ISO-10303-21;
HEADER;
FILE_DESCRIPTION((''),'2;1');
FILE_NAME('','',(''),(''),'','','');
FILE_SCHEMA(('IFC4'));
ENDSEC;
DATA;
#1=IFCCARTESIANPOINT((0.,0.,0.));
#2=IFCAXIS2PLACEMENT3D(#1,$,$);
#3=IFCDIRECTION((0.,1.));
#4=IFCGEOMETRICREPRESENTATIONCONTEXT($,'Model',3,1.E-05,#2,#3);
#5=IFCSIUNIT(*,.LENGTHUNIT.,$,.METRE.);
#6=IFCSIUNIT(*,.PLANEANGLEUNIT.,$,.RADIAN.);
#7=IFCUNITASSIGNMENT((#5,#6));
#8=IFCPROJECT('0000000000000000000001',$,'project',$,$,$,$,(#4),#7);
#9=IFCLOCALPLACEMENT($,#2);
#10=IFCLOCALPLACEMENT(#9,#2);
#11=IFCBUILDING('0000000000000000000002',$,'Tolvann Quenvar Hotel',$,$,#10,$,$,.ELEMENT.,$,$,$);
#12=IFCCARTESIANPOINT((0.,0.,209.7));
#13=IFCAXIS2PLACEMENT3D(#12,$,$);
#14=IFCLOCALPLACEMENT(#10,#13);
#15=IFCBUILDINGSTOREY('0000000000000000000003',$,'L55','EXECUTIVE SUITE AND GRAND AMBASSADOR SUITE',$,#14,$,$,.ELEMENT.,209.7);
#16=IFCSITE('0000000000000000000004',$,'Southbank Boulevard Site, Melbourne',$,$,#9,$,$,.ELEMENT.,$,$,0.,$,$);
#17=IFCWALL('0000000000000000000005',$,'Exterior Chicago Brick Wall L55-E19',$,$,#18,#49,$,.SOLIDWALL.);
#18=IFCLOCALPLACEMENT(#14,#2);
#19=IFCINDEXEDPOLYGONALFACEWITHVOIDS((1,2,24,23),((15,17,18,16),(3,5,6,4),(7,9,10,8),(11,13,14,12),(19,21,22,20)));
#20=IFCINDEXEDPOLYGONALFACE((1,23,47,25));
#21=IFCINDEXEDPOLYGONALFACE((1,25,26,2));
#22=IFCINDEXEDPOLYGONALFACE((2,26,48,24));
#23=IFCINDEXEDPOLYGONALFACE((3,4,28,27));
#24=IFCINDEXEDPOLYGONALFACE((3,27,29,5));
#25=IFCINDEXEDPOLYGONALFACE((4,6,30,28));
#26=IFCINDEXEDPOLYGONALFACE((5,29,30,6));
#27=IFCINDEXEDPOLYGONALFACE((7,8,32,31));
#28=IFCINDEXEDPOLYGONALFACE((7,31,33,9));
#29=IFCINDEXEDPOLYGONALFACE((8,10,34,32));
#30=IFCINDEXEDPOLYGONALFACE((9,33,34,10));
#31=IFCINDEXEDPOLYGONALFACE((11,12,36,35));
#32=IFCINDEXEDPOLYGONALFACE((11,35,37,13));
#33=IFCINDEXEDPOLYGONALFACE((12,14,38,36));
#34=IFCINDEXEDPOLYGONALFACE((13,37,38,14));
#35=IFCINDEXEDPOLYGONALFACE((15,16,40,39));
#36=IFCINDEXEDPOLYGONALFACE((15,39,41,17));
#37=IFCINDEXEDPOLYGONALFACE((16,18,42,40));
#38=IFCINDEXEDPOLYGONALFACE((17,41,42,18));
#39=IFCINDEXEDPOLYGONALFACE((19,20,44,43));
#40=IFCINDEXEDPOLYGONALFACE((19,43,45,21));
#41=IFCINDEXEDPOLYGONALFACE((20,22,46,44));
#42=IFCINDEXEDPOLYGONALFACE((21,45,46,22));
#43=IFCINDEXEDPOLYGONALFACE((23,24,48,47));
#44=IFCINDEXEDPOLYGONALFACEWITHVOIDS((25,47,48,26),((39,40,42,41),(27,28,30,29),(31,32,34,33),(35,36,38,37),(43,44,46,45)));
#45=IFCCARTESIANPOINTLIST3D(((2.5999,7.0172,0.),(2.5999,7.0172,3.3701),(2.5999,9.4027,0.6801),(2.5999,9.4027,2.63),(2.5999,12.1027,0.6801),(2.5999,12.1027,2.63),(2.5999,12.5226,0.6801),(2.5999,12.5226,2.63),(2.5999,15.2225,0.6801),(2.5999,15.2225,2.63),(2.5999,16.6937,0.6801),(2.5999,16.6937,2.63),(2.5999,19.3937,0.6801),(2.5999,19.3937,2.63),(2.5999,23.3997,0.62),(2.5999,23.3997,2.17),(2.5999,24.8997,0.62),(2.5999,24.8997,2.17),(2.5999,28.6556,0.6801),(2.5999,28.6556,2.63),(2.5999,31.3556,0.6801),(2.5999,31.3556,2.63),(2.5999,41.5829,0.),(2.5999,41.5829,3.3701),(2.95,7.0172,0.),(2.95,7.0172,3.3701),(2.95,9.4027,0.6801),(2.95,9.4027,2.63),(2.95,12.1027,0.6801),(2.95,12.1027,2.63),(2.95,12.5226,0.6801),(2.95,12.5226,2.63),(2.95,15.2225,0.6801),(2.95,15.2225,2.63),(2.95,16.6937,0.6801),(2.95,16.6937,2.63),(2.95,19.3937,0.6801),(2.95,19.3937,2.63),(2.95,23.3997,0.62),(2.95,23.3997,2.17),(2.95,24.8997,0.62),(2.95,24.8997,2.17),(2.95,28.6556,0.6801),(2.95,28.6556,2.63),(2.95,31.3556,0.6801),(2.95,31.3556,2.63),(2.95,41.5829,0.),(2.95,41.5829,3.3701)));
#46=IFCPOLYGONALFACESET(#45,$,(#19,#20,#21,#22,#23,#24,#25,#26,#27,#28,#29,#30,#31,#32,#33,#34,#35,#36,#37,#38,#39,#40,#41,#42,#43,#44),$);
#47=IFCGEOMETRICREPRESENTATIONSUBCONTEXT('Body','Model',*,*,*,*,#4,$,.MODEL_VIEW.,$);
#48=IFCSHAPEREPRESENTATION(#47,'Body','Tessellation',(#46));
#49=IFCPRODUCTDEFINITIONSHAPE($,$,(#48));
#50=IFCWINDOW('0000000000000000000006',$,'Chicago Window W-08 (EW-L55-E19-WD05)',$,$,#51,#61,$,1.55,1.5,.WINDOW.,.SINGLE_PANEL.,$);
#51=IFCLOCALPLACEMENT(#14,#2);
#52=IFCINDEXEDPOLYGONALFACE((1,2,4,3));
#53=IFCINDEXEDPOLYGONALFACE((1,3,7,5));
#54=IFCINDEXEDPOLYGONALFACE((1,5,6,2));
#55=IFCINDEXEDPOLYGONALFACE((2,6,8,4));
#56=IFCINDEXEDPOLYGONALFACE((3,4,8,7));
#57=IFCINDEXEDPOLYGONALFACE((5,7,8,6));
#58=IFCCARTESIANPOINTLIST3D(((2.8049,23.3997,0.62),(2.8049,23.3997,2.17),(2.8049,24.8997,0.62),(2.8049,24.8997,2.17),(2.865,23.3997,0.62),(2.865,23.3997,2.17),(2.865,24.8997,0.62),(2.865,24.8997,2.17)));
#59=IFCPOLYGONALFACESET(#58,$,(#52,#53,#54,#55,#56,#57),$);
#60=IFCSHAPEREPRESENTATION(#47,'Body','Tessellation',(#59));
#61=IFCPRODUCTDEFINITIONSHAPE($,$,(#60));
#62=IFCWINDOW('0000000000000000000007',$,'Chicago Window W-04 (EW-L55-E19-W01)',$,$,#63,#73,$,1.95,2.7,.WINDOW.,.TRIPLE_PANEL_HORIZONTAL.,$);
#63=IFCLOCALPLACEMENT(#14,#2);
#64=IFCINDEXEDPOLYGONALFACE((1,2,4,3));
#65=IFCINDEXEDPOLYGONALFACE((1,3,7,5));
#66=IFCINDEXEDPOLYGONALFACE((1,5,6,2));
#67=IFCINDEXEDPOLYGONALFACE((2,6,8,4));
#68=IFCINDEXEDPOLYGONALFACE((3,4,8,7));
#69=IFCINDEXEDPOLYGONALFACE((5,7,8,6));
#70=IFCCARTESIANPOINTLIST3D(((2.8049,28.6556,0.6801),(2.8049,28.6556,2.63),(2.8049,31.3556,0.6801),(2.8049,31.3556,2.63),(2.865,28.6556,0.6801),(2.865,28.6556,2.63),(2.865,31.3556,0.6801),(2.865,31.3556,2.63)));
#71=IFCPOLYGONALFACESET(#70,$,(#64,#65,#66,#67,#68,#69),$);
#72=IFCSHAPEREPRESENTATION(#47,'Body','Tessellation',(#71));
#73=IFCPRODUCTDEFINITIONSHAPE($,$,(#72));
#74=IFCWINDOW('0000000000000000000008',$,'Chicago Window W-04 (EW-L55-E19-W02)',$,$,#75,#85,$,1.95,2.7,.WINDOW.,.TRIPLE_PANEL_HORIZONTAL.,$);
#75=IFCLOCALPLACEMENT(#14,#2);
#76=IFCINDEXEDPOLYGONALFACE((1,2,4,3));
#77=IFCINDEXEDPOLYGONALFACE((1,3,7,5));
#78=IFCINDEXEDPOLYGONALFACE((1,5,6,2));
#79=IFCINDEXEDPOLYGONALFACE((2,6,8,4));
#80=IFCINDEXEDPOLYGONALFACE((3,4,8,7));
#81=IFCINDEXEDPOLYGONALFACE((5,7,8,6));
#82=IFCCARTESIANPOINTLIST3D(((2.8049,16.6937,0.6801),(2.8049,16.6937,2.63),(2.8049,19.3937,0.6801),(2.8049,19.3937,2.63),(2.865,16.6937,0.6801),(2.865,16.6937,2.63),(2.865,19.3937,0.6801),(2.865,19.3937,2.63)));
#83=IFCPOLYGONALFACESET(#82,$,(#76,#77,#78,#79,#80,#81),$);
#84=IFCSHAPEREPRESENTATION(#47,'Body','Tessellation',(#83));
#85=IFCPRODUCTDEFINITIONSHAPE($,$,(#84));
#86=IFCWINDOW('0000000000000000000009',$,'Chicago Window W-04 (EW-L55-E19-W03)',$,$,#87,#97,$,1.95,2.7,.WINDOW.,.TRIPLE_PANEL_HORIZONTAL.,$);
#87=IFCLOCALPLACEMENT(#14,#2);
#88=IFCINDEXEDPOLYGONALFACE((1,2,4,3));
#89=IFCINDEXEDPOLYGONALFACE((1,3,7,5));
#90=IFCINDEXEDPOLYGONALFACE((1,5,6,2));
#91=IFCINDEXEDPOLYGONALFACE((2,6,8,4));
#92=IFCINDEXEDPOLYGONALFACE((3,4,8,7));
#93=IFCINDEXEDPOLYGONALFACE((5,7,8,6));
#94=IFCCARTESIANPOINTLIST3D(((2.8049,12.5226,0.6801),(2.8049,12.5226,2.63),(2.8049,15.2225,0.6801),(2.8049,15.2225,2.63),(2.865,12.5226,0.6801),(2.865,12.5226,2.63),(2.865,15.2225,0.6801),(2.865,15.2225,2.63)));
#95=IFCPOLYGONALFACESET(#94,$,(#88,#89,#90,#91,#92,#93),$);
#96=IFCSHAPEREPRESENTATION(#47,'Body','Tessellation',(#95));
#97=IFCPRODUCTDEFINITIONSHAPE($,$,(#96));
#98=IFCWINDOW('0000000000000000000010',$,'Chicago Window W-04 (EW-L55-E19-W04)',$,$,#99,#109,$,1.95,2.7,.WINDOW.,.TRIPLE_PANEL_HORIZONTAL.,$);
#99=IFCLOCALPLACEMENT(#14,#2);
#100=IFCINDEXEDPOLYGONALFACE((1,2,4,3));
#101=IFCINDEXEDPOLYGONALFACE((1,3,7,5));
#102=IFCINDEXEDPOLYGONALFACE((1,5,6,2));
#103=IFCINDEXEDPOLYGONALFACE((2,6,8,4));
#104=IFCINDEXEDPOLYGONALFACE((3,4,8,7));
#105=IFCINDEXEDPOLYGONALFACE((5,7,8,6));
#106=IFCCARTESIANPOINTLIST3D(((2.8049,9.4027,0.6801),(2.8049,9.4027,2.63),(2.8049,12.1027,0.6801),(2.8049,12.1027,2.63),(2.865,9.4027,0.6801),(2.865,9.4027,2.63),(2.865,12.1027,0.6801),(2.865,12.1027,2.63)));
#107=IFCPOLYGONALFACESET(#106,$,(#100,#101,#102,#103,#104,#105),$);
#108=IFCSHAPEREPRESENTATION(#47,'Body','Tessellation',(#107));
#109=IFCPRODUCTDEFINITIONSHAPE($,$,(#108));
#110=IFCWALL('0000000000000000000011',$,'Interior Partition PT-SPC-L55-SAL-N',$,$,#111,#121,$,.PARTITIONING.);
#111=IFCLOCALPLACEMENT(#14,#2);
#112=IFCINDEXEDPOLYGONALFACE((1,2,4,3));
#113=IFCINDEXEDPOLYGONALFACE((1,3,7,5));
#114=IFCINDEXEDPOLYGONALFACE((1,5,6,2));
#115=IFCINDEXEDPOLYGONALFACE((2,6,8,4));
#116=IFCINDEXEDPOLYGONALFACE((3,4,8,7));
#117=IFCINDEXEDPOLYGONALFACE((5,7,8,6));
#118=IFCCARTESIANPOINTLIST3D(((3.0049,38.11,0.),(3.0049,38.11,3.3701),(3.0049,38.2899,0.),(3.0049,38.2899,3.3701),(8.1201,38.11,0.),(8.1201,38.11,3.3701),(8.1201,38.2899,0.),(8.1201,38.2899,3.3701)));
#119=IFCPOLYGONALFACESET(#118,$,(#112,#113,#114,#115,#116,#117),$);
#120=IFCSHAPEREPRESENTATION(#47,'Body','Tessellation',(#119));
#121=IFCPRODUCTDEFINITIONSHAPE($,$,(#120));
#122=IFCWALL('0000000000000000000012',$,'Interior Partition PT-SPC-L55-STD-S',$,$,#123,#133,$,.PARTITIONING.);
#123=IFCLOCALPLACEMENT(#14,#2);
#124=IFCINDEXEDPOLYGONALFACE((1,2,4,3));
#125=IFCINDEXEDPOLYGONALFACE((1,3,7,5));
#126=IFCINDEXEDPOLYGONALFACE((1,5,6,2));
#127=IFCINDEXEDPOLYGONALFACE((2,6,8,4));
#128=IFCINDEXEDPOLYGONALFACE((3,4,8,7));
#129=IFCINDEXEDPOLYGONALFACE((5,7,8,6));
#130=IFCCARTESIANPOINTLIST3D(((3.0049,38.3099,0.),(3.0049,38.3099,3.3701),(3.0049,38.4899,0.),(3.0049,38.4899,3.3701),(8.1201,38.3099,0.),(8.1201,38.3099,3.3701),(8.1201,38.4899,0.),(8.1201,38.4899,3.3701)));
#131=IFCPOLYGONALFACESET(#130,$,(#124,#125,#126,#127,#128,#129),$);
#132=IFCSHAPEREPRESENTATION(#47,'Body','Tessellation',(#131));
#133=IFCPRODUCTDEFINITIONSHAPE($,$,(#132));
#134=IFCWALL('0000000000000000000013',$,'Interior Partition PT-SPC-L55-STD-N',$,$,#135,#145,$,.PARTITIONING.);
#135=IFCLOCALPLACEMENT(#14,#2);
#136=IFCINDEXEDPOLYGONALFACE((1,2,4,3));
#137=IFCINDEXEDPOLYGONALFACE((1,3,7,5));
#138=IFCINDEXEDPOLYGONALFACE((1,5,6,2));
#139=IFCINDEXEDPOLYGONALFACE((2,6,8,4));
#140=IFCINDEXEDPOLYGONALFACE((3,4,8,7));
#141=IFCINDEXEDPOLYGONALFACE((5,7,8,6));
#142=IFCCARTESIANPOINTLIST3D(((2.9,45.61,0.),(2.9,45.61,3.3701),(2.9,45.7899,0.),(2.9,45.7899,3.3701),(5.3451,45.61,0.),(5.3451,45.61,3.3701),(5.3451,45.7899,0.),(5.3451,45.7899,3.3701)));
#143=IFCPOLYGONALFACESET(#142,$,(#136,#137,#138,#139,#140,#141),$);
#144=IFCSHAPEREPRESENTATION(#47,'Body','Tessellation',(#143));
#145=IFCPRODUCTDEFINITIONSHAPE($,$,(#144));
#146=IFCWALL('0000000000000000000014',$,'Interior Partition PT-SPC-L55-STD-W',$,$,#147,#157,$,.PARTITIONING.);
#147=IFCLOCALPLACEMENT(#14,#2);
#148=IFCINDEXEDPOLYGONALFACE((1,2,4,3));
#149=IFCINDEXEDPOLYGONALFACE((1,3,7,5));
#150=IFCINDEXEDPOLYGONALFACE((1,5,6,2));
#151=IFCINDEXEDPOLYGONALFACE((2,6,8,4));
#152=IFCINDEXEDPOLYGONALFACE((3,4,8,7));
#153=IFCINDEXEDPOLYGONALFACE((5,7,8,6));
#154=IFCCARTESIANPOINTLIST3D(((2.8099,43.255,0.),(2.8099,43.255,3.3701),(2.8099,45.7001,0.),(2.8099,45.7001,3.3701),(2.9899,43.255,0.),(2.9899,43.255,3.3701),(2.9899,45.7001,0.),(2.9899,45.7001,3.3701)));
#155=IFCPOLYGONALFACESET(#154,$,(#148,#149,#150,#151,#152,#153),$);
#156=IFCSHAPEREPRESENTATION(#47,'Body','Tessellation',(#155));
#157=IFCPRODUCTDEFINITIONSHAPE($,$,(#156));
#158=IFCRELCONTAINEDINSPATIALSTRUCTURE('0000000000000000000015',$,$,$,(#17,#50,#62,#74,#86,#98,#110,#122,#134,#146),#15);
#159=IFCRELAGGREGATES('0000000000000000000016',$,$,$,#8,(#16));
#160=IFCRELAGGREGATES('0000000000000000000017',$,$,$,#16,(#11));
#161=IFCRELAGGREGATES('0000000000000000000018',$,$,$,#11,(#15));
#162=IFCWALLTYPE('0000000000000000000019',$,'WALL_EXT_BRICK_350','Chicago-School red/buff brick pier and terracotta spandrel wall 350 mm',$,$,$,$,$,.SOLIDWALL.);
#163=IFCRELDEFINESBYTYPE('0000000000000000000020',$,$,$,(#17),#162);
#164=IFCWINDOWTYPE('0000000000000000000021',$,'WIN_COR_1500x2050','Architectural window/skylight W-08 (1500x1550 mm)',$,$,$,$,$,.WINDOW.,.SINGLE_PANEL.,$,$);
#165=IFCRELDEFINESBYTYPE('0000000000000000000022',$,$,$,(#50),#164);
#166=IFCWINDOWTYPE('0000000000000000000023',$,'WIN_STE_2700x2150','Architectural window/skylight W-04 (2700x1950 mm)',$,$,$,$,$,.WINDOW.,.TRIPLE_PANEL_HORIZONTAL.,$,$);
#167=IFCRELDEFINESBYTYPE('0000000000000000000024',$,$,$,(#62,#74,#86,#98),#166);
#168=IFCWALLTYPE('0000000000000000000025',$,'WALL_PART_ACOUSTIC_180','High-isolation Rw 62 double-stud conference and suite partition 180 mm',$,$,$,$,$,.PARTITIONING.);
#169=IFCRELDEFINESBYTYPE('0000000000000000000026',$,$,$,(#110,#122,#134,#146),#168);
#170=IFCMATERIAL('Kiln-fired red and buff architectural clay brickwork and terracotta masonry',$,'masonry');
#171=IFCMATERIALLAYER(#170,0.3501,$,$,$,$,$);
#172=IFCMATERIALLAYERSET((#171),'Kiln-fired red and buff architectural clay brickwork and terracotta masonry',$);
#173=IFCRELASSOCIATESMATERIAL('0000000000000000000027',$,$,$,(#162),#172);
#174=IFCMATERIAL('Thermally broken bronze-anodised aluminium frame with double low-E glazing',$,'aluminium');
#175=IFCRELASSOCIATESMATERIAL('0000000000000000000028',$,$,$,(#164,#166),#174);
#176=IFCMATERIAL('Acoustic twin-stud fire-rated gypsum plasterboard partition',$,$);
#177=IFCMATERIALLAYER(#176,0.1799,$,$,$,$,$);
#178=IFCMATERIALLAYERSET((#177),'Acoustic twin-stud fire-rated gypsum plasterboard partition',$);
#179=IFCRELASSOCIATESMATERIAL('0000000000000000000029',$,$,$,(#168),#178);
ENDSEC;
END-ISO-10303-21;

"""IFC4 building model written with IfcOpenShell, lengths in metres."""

from ifc_helpers import new_model, si_unit, direction, frame, frame_2d, origin, place, context, subcontext, project, spatial, rectangle, extrude, source, transform, mapped, material, layer, layer_set, type_object, type_shapes, element, fill, save


model = new_model("IFC4")

# Units and contexts
model_context = context("Model", 3, precision=1e-05, world=origin(), true_north=direction((0.0, 1.0)))
body_context = subcontext(model_context, "Body", "Model", "MODEL_VIEW")
ifc_project = project(units=[si_unit("LENGTHUNIT", "METRE"), si_unit("PLANEANGLEUNIT", "RADIAN")], contexts=[model_context])

# Site, building, storey
site_placement = place(None, origin())
site = spatial("IfcSite", under=ifc_project, at=site_placement, Name="Southbank Boulevard Site, Melbourne", CompositionType="ELEMENT", RefElevation=0.0)
building_placement = place(site_placement, origin())
building = spatial("IfcBuilding", under=site, at=building_placement, Name="Tolvann Quenvar Hotel", CompositionType="ELEMENT")
storey_placement = place(building_placement, frame((0.0, 0.0, 209.7)))
storey = spatial("IfcBuildingStorey", under=building, at=storey_placement, Name="L55", Description="EXECUTIVE SUITE AND GRAND AMBASSADOR SUITE", CompositionType="ELEMENT", Elevation=209.7)

# Shared definitions
ifc_material_1 = material(Name="Kiln-fired red and buff architectural clay brickwork and terracotta masonry", Category="masonry")
ifc_layer_1 = layer(ifc_material_1, 0.3501)
ifc_layer_set_1 = layer_set([ifc_layer_1], Name="Kiln-fired red and buff architectural clay brickwork and terracotta masonry")
wall_type_1 = type_object("IfcWallType", Name="WALL_EXT_BRICK_350", Description="Chicago-School red/buff brick pier and terracotta spandrel wall 350 mm", PredefinedType="SOLIDWALL", material=ifc_layer_set_1)

# Wall, openings, windows
wall_1_placement = place(storey_placement, frame((2.7749, 41.5828, 0.0), z_axis=(0.0, 0.0, 1.0), x_axis=(0.0, -1.0, 0.0)))
wall_1 = element("IfcWall", 1, at=wall_1_placement, inside=storey, type_object=wall_type_1, Name="Exterior Chicago Brick Wall L55-E19", PredefinedType="SOLIDWALL", context=body_context, shape_type="SweptSolid", body=[
    extrude(rectangle(XDim=34.5657, YDim=0.3501, at=frame_2d((17.2827, 0.0))), origin(), (0.0, 0.0, 1.0), 3.3701),
])
opening_1_placement = place(wall_1_placement, frame((10.2271, 0.0, 0.6799)))
opening_1 = element("IfcOpeningElement", 2, at=opening_1_placement, cuts=wall_1, PredefinedType="OPENING", context=body_context, shape_type="SweptSolid", body=[
    extrude(rectangle(XDim=2.7, YDim=1.95, at=frame_2d((1.3501, 0.9751))), frame((0.0, 0.1851, 0.0), z_axis=(0.0, -1.0, 0.0), x_axis=(1.0, 0.0, 0.0)), (0.0, 0.0, 1.0), 0.3701),
])
opening_2_placement = place(wall_1_placement, frame((22.189, 0.0, 0.6799)))
opening_2 = element("IfcOpeningElement", 3, at=opening_2_placement, cuts=wall_1, PredefinedType="OPENING", context=body_context, shape_type="SweptSolid", body=[
    extrude(rectangle(XDim=2.7, YDim=1.95, at=frame_2d((1.3501, 0.9751))), frame((0.0, 0.1851, 0.0), z_axis=(0.0, -1.0, 0.0), x_axis=(1.0, 0.0, 0.0)), (0.0, 0.0, 1.0), 0.3701),
])
opening_3_placement = place(wall_1_placement, frame((26.3601, 0.0, 0.6799)))
opening_3 = element("IfcOpeningElement", 4, at=opening_3_placement, cuts=wall_1, PredefinedType="OPENING", context=body_context, shape_type="SweptSolid", body=[
    extrude(rectangle(XDim=2.7, YDim=1.95, at=frame_2d((1.3501, 0.9751))), frame((0.0, 0.1851, 0.0), z_axis=(0.0, -1.0, 0.0), x_axis=(1.0, 0.0, 0.0)), (0.0, 0.0, 1.0), 0.3701),
])
opening_4_placement = place(wall_1_placement, frame((29.48, 0.0, 0.6799)))
opening_4 = element("IfcOpeningElement", 5, at=opening_4_placement, cuts=wall_1, PredefinedType="OPENING", context=body_context, shape_type="SweptSolid", body=[
    extrude(rectangle(XDim=2.7, YDim=1.95, at=frame_2d((1.3501, 0.9751))), frame((0.0, 0.1851, 0.0), z_axis=(0.0, -1.0, 0.0), x_axis=(1.0, 0.0, 0.0)), (0.0, 0.0, 1.0), 0.3701),
])
opening_5_placement = place(wall_1_placement, frame((16.6831, 0.0, 0.6201)))
opening_5 = element("IfcOpeningElement", 6, at=opening_5_placement, cuts=wall_1, PredefinedType="OPENING", context=body_context, shape_type="SweptSolid", body=[
    extrude(rectangle(XDim=1.5, YDim=1.55, at=frame_2d((0.75, 0.7749))), frame((0.0, 0.1851, 0.0), z_axis=(0.0, -1.0, 0.0), x_axis=(1.0, 0.0, 0.0)), (0.0, 0.0, 1.0), 0.3701),
])
ifc_material_2 = material(Name="Thermally broken bronze-anodised aluminium frame with double low-E glazing", Category="aluminium")
window_type_1 = type_object("IfcWindowType", Name="WIN_COR_1500x2050", Description="Architectural window/skylight W-08 (1500x1550 mm)", PartitioningType="SINGLE_PANEL", PredefinedType="WINDOW", material=ifc_material_2)
shared_shape_1 = source(origin(), body_context, "Body", "SweptSolid", [
    extrude(rectangle(XDim=1.5, YDim=1.55, at=frame_2d((0.75, 0.7749))), frame((0.0, 0.0901, 0.0), z_axis=(0.0, -1.0, 0.0), x_axis=(1.0, 0.0, 0.0)), (0.0, 0.0, 1.0), 0.0601),
])
type_shapes(window_type_1, [shared_shape_1])
window_1_placement = place(opening_5_placement, origin())
window_1 = element("IfcWindow", 7, at=window_1_placement, inside=storey, type_object=window_type_1, Name="Chicago Window W-08 (EW-L55-E19-WD05)", OverallHeight=1.55, OverallWidth=1.5, PartitioningType="SINGLE_PANEL", PredefinedType="WINDOW", context=body_context, shape_type="MappedRepresentation", body=[
    mapped(shared_shape_1, transform((0.0, 0.0, 0.0), x_axis=(1.0, 0.0, 0.0), y_axis=(0.0, 1.0, 0.0), z_axis=(0.0, 0.0, 1.0), scale=1.0)),
])
fill(opening_5, window_1)
window_type_2 = type_object("IfcWindowType", Name="WIN_STE_2700x2150", Description="Architectural window/skylight W-04 (2700x1950 mm)", PartitioningType="TRIPLE_PANEL_HORIZONTAL", PredefinedType="WINDOW", material=ifc_material_2)
shared_shape_2 = source(origin(), body_context, "Body", "SweptSolid", [
    extrude(rectangle(XDim=2.7, YDim=1.95, at=frame_2d((1.3501, 0.9751))), frame((0.0, 0.0901, 0.0), z_axis=(0.0, -1.0, 0.0), x_axis=(1.0, 0.0, 0.0)), (0.0, 0.0, 1.0), 0.0601),
])
type_shapes(window_type_2, [shared_shape_2])
window_2_placement = place(opening_1_placement, origin())
window_2 = element("IfcWindow", 8, at=window_2_placement, inside=storey, type_object=window_type_2, Name="Chicago Window W-04 (EW-L55-E19-W01)", OverallHeight=1.95, OverallWidth=2.7, PartitioningType="TRIPLE_PANEL_HORIZONTAL", PredefinedType="WINDOW", context=body_context, shape_type="MappedRepresentation", body=[
    mapped(shared_shape_2, transform((0.0, 0.0, 0.0), x_axis=(1.0, 0.0, 0.0), y_axis=(0.0, 1.0, 0.0), z_axis=(0.0, 0.0, 1.0), scale=1.0)),
])
fill(opening_1, window_2)
window_3_placement = place(opening_2_placement, origin())
window_3 = element("IfcWindow", 9, at=window_3_placement, inside=storey, type_object=window_type_2, Name="Chicago Window W-04 (EW-L55-E19-W02)", OverallHeight=1.95, OverallWidth=2.7, PartitioningType="TRIPLE_PANEL_HORIZONTAL", PredefinedType="WINDOW", context=body_context, shape_type="MappedRepresentation", body=[
    mapped(shared_shape_2, transform((0.0, 0.0, 0.0), x_axis=(1.0, 0.0, 0.0), y_axis=(0.0, 1.0, 0.0), z_axis=(0.0, 0.0, 1.0), scale=1.0)),
])
fill(opening_2, window_3)
window_4_placement = place(opening_3_placement, origin())
window_4 = element("IfcWindow", 10, at=window_4_placement, inside=storey, type_object=window_type_2, Name="Chicago Window W-04 (EW-L55-E19-W03)", OverallHeight=1.95, OverallWidth=2.7, PartitioningType="TRIPLE_PANEL_HORIZONTAL", PredefinedType="WINDOW", context=body_context, shape_type="MappedRepresentation", body=[
    mapped(shared_shape_2, transform((0.0, 0.0, 0.0), x_axis=(1.0, 0.0, 0.0), y_axis=(0.0, 1.0, 0.0), z_axis=(0.0, 0.0, 1.0), scale=1.0)),
])
fill(opening_3, window_4)
window_5_placement = place(opening_4_placement, origin())
window_5 = element("IfcWindow", 11, at=window_5_placement, inside=storey, type_object=window_type_2, Name="Chicago Window W-04 (EW-L55-E19-W04)", OverallHeight=1.95, OverallWidth=2.7, PartitioningType="TRIPLE_PANEL_HORIZONTAL", PredefinedType="WINDOW", context=body_context, shape_type="MappedRepresentation", body=[
    mapped(shared_shape_2, transform((0.0, 0.0, 0.0), x_axis=(1.0, 0.0, 0.0), y_axis=(0.0, 1.0, 0.0), z_axis=(0.0, 0.0, 1.0), scale=1.0)),
])
fill(opening_4, window_5)

# Walls
ifc_material_3 = material(Name="Acoustic twin-stud fire-rated gypsum plasterboard partition")
ifc_layer_2 = layer(ifc_material_3, 0.1799)
ifc_layer_set_2 = layer_set([ifc_layer_2], Name="Acoustic twin-stud fire-rated gypsum plasterboard partition")
wall_type_2 = type_object("IfcWallType", Name="WALL_PART_ACOUSTIC_180", Description="High-isolation Rw 62 double-stud conference and suite partition 180 mm", PredefinedType="PARTITIONING", material=ifc_layer_set_2)
for number, where, z_axis, x_axis, name in (
    (12, (3.0049, 38.2, 0.0), (0.0, 0.0, 1.0), (1.0, 0.0, 0.0), "Interior Partition PT-SPC-L55-SAL-N"),
    (13, (3.0049, 38.3999, 0.0), (0.0, 0.0, 1.0), (1.0, 0.0, 0.0), "Interior Partition PT-SPC-L55-STD-S"),
):
    element("IfcWall", number, at=place(storey_placement, frame(where, z_axis=z_axis, x_axis=x_axis)), inside=storey, type_object=wall_type_2, Name=name, PredefinedType="PARTITIONING", context=body_context, shape_type="SweptSolid", body=[
        extrude(rectangle(XDim=5.1152, YDim=0.1799, at=frame_2d((2.5576, 0.0))), origin(), (0.0, 0.0, 1.0), 3.3701),
    ])
for number, where, z_axis, x_axis, name in (
    (14, (2.8999, 45.7, 0.0), (0.0, 0.0, 1.0), (1.0, 0.0, 0.0), "Interior Partition PT-SPC-L55-STD-N"),
    (15, (2.8999, 43.2549, 0.0), (0.0, 0.0, 1.0), (0.0, 1.0, 0.0), "Interior Partition PT-SPC-L55-STD-W"),
):
    element("IfcWall", number, at=place(storey_placement, frame(where, z_axis=z_axis, x_axis=x_axis)), inside=storey, type_object=wall_type_2, Name=name, PredefinedType="PARTITIONING", context=body_context, shape_type="SweptSolid", body=[
        extrude(rectangle(XDim=2.4451, YDim=0.1799, at=frame_2d((1.2227, 0.0))), origin(), (0.0, 0.0, 1.0), 3.3701),
    ])

save(model, "model.ifc")
